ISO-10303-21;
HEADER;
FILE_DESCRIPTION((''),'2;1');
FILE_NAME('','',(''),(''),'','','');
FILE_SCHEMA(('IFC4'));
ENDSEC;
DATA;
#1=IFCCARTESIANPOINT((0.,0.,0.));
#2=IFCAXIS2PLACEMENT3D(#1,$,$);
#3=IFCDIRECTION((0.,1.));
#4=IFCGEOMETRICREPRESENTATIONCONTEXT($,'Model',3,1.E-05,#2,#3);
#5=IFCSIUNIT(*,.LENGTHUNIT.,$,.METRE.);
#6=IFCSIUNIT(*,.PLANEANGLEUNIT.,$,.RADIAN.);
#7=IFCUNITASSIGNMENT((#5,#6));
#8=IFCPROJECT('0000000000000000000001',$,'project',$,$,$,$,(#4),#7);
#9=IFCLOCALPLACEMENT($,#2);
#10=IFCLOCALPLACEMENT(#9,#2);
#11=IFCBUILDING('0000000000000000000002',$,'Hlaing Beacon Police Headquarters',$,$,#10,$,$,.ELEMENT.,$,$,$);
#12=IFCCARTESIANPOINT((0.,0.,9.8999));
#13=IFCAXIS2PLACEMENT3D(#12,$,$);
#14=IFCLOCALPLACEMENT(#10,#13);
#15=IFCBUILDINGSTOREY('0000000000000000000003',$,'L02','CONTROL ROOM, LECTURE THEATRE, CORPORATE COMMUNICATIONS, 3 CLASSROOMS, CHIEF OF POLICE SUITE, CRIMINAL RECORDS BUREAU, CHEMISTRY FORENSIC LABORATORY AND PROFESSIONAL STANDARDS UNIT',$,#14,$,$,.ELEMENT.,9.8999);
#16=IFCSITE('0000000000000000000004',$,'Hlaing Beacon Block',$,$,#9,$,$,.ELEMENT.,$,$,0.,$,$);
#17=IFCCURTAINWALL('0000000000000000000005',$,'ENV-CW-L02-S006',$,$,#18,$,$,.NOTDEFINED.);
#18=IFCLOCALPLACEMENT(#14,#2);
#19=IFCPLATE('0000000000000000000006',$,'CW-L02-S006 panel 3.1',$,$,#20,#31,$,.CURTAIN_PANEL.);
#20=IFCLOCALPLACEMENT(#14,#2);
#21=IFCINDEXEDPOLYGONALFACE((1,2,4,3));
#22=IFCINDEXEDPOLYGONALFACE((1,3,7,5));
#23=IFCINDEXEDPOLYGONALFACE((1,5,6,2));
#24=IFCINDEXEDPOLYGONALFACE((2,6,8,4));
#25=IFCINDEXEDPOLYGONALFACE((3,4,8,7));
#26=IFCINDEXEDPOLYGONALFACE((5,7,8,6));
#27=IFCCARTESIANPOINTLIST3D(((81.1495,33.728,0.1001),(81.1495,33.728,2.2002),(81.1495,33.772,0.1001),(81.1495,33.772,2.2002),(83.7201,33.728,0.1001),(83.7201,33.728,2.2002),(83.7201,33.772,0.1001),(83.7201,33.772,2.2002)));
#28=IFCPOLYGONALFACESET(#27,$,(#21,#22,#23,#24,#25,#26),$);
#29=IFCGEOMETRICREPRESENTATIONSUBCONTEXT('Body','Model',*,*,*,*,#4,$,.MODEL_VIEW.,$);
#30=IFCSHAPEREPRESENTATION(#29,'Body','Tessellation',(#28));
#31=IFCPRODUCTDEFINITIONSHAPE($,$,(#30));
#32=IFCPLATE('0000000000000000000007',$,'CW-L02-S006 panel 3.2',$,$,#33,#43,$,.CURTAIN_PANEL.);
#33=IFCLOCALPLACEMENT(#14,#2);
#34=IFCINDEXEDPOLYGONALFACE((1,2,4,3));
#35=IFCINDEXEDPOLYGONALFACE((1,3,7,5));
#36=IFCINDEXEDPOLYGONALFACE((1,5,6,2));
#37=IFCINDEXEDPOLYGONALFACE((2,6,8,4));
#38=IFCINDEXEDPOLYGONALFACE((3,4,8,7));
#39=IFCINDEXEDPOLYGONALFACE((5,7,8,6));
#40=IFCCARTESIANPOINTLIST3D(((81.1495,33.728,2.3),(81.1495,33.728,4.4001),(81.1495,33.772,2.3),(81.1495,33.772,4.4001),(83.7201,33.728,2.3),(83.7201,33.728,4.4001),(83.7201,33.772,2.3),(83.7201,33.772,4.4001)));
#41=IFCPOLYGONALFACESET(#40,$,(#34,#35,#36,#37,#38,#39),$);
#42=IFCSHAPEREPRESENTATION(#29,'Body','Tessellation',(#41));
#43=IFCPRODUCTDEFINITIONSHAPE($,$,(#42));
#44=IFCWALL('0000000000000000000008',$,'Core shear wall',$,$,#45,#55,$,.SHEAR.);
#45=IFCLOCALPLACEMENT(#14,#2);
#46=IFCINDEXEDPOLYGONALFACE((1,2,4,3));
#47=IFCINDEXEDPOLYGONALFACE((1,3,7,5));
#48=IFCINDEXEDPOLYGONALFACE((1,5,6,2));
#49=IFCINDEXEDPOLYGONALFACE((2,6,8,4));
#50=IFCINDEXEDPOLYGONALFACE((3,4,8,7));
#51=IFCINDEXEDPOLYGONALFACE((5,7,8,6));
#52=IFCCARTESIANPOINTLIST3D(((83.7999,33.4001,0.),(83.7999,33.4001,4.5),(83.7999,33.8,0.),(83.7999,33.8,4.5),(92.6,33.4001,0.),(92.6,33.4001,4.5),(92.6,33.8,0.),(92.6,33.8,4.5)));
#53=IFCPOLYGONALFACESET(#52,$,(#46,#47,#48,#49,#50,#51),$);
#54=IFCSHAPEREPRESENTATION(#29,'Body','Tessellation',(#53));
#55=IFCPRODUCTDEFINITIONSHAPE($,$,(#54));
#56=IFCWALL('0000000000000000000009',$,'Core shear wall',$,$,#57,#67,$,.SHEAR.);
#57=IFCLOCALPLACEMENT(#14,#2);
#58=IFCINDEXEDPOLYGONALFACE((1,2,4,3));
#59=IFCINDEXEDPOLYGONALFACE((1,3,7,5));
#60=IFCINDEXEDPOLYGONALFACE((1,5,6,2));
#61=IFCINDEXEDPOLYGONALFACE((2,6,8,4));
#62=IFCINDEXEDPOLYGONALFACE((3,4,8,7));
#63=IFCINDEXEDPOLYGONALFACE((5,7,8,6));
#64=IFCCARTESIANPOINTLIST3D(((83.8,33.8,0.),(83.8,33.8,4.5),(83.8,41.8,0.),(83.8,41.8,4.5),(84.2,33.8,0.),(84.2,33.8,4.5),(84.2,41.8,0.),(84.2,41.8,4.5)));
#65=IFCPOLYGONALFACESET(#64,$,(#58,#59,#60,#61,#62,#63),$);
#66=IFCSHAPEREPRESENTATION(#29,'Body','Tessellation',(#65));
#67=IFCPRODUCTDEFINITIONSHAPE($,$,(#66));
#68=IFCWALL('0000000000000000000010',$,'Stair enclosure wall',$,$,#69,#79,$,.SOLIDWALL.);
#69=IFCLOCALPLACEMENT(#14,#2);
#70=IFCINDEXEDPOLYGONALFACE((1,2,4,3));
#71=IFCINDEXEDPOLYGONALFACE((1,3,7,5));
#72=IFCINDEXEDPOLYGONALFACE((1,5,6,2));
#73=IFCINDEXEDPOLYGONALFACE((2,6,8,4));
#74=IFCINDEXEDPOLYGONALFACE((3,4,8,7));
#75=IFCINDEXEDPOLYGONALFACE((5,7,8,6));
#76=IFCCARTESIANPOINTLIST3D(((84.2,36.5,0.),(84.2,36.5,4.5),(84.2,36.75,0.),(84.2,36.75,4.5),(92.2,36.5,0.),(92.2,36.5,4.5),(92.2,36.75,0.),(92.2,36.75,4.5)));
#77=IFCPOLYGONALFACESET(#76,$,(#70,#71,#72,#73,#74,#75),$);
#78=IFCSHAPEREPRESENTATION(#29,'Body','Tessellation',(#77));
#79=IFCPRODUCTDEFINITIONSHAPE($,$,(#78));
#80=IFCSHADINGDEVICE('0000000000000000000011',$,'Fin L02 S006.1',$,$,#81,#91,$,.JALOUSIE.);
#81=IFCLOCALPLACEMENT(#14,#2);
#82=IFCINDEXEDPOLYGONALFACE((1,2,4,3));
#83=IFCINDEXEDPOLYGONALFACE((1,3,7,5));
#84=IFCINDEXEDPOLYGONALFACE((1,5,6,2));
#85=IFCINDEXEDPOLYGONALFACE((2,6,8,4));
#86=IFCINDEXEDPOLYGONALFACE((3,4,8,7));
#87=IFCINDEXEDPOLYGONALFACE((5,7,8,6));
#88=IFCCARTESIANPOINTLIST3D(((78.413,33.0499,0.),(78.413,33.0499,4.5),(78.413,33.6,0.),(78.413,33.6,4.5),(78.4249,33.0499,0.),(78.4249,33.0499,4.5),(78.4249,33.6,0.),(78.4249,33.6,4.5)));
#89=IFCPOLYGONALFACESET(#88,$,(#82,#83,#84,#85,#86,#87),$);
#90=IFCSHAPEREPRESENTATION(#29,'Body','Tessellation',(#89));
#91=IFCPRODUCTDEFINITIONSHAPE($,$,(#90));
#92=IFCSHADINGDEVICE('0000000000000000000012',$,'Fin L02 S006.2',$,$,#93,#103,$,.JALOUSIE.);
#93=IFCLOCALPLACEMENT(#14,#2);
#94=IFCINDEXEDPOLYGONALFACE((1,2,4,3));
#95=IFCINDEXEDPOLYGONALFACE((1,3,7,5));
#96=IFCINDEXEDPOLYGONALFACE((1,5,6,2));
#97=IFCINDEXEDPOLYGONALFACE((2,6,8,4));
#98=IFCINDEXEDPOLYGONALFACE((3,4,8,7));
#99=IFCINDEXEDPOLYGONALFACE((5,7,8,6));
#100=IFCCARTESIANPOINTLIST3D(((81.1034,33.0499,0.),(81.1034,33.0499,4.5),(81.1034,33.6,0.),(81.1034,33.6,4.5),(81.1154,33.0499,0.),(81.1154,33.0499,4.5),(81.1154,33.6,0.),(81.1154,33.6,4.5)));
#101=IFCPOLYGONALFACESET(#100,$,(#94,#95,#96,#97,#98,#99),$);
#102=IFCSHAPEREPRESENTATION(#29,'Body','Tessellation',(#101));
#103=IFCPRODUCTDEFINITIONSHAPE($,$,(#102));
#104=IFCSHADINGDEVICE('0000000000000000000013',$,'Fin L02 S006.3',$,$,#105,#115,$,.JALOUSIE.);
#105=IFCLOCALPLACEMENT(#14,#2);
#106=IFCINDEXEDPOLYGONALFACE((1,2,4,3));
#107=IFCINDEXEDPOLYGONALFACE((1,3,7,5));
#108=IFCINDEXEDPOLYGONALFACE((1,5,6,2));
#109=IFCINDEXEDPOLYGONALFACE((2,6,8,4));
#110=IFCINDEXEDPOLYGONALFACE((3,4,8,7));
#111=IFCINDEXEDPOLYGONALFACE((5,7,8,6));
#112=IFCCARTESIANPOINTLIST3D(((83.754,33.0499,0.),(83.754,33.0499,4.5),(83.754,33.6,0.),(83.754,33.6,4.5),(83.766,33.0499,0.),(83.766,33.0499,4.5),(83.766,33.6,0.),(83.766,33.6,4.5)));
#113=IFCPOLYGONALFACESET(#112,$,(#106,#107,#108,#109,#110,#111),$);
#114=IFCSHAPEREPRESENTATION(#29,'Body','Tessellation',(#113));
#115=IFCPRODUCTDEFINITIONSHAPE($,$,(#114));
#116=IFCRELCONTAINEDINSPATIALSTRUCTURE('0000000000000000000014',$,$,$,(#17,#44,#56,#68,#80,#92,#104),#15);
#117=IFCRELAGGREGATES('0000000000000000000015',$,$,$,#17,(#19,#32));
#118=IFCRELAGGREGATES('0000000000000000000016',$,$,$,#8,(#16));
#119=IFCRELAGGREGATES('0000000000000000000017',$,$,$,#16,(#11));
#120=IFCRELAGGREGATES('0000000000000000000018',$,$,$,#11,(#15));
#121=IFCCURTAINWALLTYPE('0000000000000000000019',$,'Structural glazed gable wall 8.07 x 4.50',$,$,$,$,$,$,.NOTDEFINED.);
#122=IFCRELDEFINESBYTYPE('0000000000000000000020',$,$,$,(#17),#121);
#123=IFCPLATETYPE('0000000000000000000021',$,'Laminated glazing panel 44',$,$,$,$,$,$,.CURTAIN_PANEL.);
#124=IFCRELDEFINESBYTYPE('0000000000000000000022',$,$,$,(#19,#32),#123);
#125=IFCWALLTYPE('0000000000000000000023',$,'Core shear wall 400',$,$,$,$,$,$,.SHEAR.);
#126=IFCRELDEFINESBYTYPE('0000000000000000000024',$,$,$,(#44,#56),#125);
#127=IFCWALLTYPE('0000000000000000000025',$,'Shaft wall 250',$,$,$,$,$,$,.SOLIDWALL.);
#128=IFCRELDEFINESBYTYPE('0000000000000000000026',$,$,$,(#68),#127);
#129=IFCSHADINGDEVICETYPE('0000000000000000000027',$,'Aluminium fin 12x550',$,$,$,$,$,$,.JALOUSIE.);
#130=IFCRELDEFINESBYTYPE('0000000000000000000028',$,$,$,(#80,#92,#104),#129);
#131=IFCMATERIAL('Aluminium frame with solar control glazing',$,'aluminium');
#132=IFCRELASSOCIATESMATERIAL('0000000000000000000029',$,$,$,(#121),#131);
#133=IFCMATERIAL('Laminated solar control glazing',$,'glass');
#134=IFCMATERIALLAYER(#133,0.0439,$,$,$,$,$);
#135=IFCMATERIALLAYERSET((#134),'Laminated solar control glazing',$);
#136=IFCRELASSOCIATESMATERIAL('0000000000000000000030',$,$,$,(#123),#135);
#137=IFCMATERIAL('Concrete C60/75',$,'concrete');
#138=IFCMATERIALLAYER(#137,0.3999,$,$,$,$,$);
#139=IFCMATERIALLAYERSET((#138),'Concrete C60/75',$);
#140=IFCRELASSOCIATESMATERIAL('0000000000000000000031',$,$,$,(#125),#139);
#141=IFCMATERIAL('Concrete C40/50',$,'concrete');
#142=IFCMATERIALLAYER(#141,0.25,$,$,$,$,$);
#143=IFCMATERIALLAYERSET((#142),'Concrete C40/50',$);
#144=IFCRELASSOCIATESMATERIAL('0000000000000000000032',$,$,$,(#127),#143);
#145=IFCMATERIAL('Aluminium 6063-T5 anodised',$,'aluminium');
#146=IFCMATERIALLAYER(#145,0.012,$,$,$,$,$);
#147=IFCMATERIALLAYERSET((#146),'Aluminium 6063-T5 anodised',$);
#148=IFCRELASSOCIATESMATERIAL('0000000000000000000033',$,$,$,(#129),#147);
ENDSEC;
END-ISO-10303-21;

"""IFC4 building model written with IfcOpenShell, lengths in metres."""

from ifc_helpers import new_model, si_unit, direction, frame, frame_2d, origin, origin_2d, place, context, subcontext, project, spatial, rectangle, extrude, material, layer, layer_set, type_object, element, aggregate, save


model = new_model("IFC4")

# Units and contexts
model_context = context("Model", 3, precision=1e-05, world=origin(), true_north=direction((0.0, 1.0)))
body_context = subcontext(model_context, "Body", "Model", "MODEL_VIEW")
ifc_project = project(units=[si_unit("LENGTHUNIT", "METRE"), si_unit("PLANEANGLEUNIT", "RADIAN")], contexts=[model_context])

# Site, building, storey
site_placement = place(None, origin())
site = spatial("IfcSite", under=ifc_project, at=site_placement, Name="Hlaing Beacon Block", CompositionType="ELEMENT", RefElevation=0.0)
building_placement = place(site_placement, origin())
building = spatial("IfcBuilding", under=site, at=building_placement, Name="Hlaing Beacon Police Headquarters", CompositionType="ELEMENT")
storey_placement = place(building_placement, frame((0.0, 0.0, 9.8999)))
storey = spatial("IfcBuildingStorey", under=building, at=storey_placement, Name="L02", Description="CONTROL ROOM, LECTURE THEATRE, CORPORATE COMMUNICATIONS, 3 CLASSROOMS, CHIEF OF POLICE SUITE, CRIMINAL RECORDS BUREAU, CHEMISTRY FORENSIC LABORATORY AND PROFESSIONAL STANDARDS UNIT", CompositionType="ELEMENT", Elevation=9.8999)

# Curtain wall, plates
ifc_material_1 = material(Name="Aluminium frame with solar control glazing", Category="aluminium")
curtain_wall_type = type_object("IfcCurtainWallType", Name="Structural glazed gable wall 8.07 x 4.50", PredefinedType="NOTDEFINED", material=ifc_material_1)
curtain_wall_placement = place(storey_placement, origin())
curtain_wall = element("IfcCurtainWall", 1, at=curtain_wall_placement, inside=storey, type_object=curtain_wall_type, Name="ENV-CW-L02-S006", PredefinedType="NOTDEFINED")
ifc_material_2 = material(Name="Laminated solar control glazing", Category="glass")
ifc_layer_1 = layer(ifc_material_2, 0.0439)
ifc_layer_set_1 = layer_set([ifc_layer_1], Name="Laminated solar control glazing")
plate_type = type_object("IfcPlateType", Name="Laminated glazing panel 44", PredefinedType="CURTAIN_PANEL", material=ifc_layer_set_1)
plate_1_placement = place(storey_placement, frame((82.4348, 33.75, 0.1001), z_axis=(0.0, 0.0, 1.0), x_axis=(1.0, 0.0, 0.0)))
plate_1 = element("IfcPlate", 2, at=plate_1_placement, type_object=plate_type, Name="CW-L02-S006 panel 3.1", PredefinedType="CURTAIN_PANEL", context=body_context, shape_type="SweptSolid", body=[
    extrude(rectangle(XDim=2.5706, YDim=0.0439, at=origin_2d()), origin(), (0.0, 0.0, 1.0), 2.1001),
])
plate_2_placement = place(storey_placement, frame((82.4348, 33.75, 2.3), z_axis=(0.0, 0.0, 1.0), x_axis=(1.0, 0.0, 0.0)))
plate_2 = element("IfcPlate", 3, at=plate_2_placement, type_object=plate_type, Name="CW-L02-S006 panel 3.2", PredefinedType="CURTAIN_PANEL", context=body_context, shape_type="SweptSolid", body=[
    extrude(rectangle(XDim=2.5706, YDim=0.0439, at=origin_2d()), origin(), (0.0, 0.0, 1.0), 2.1001),
])
aggregate(curtain_wall, [plate_1, plate_2])

# Walls
ifc_material_3 = material(Name="Concrete C60/75", Category="concrete")
ifc_layer_2 = layer(ifc_material_3, 0.3999)
ifc_layer_set_2 = layer_set([ifc_layer_2], Name="Concrete C60/75")
wall_type_1 = type_object("IfcWallType", Name="Core shear wall 400", PredefinedType="SHEAR", material=ifc_layer_set_2)
wall_1_placement = place(storey_placement, frame((83.8, 33.6001, 0.0), z_axis=(0.0, 0.0, 1.0), x_axis=(1.0, 0.0, 0.0)))
element("IfcWall", 4, at=wall_1_placement, inside=storey, type_object=wall_type_1, Name="Core shear wall", PredefinedType="SHEAR", context=body_context, shape_type="SweptSolid", body=[
    extrude(rectangle(XDim=8.8, YDim=0.3999, at=frame_2d((4.3999, 0.0))), origin(), (0.0, 0.0, 1.0), 4.5),
])
wall_2_placement = place(storey_placement, frame((84.0, 33.8, 0.0), z_axis=(0.0, 0.0, 1.0), x_axis=(0.0, 1.0, 0.0)))
element("IfcWall", 5, at=wall_2_placement, inside=storey, type_object=wall_type_1, Name="Core shear wall", PredefinedType="SHEAR", context=body_context, shape_type="SweptSolid", body=[
    extrude(rectangle(XDim=8.0, YDim=0.3999, at=frame_2d((4.0, 0.0))), origin(), (0.0, 0.0, 1.0), 4.5),
])
ifc_material_4 = material(Name="Concrete C40/50", Category="concrete")
ifc_layer_3 = layer(ifc_material_4, 0.25)
ifc_layer_set_3 = layer_set([ifc_layer_3], Name="Concrete C40/50")
wall_type_2 = type_object("IfcWallType", Name="Shaft wall 250", PredefinedType="SOLIDWALL", material=ifc_layer_set_3)
wall_3_placement = place(storey_placement, frame((84.2, 36.625, 0.0), z_axis=(0.0, 0.0, 1.0), x_axis=(1.0, 0.0, 0.0)))
element("IfcWall", 6, at=wall_3_placement, inside=storey, type_object=wall_type_2, Name="Stair enclosure wall", PredefinedType="SOLIDWALL", context=body_context, shape_type="SweptSolid", body=[
    extrude(rectangle(XDim=8.0, YDim=0.25, at=frame_2d((4.0, 0.0))), origin(), (0.0, 0.0, 1.0), 4.5),
])

# Shading devices
ifc_material_5 = material(Name="Aluminium 6063-T5 anodised", Category="aluminium")
ifc_layer_4 = layer(ifc_material_5, 0.012)
ifc_layer_set_4 = layer_set([ifc_layer_4], Name="Aluminium 6063-T5 anodised")
shading_device_type = type_object("IfcShadingDeviceType", Name="Aluminium fin 12x550", PredefinedType="JALOUSIE", material=ifc_layer_set_4)
for number, where, z_axis, x_axis, name in (
    (7, (78.4189, 33.325, 0.0), (0.0, 0.0, 1.0), (1.0, 0.0, 0.0), "Fin L02 S006.1"),
    (8, (81.1094, 33.325, 0.0), (0.0, 0.0, 1.0), (1.0, 0.0, 0.0), "Fin L02 S006.2"),
    (9, (83.76, 33.325, 0.0), (0.0, 0.0, 1.0), (1.0, 0.0, 0.0), "Fin L02 S006.3"),
):
    element("IfcShadingDevice", number, at=place(storey_placement, frame(where, z_axis=z_axis, x_axis=x_axis)), inside=storey, type_object=shading_device_type, Name=name, PredefinedType="JALOUSIE", context=body_context, shape_type="SweptSolid", body=[
        extrude(rectangle(XDim=0.012, YDim=0.55, at=origin_2d()), origin(), (0.0, 0.0, 1.0), 4.5),
    ])

save(model, "model.ifc")
